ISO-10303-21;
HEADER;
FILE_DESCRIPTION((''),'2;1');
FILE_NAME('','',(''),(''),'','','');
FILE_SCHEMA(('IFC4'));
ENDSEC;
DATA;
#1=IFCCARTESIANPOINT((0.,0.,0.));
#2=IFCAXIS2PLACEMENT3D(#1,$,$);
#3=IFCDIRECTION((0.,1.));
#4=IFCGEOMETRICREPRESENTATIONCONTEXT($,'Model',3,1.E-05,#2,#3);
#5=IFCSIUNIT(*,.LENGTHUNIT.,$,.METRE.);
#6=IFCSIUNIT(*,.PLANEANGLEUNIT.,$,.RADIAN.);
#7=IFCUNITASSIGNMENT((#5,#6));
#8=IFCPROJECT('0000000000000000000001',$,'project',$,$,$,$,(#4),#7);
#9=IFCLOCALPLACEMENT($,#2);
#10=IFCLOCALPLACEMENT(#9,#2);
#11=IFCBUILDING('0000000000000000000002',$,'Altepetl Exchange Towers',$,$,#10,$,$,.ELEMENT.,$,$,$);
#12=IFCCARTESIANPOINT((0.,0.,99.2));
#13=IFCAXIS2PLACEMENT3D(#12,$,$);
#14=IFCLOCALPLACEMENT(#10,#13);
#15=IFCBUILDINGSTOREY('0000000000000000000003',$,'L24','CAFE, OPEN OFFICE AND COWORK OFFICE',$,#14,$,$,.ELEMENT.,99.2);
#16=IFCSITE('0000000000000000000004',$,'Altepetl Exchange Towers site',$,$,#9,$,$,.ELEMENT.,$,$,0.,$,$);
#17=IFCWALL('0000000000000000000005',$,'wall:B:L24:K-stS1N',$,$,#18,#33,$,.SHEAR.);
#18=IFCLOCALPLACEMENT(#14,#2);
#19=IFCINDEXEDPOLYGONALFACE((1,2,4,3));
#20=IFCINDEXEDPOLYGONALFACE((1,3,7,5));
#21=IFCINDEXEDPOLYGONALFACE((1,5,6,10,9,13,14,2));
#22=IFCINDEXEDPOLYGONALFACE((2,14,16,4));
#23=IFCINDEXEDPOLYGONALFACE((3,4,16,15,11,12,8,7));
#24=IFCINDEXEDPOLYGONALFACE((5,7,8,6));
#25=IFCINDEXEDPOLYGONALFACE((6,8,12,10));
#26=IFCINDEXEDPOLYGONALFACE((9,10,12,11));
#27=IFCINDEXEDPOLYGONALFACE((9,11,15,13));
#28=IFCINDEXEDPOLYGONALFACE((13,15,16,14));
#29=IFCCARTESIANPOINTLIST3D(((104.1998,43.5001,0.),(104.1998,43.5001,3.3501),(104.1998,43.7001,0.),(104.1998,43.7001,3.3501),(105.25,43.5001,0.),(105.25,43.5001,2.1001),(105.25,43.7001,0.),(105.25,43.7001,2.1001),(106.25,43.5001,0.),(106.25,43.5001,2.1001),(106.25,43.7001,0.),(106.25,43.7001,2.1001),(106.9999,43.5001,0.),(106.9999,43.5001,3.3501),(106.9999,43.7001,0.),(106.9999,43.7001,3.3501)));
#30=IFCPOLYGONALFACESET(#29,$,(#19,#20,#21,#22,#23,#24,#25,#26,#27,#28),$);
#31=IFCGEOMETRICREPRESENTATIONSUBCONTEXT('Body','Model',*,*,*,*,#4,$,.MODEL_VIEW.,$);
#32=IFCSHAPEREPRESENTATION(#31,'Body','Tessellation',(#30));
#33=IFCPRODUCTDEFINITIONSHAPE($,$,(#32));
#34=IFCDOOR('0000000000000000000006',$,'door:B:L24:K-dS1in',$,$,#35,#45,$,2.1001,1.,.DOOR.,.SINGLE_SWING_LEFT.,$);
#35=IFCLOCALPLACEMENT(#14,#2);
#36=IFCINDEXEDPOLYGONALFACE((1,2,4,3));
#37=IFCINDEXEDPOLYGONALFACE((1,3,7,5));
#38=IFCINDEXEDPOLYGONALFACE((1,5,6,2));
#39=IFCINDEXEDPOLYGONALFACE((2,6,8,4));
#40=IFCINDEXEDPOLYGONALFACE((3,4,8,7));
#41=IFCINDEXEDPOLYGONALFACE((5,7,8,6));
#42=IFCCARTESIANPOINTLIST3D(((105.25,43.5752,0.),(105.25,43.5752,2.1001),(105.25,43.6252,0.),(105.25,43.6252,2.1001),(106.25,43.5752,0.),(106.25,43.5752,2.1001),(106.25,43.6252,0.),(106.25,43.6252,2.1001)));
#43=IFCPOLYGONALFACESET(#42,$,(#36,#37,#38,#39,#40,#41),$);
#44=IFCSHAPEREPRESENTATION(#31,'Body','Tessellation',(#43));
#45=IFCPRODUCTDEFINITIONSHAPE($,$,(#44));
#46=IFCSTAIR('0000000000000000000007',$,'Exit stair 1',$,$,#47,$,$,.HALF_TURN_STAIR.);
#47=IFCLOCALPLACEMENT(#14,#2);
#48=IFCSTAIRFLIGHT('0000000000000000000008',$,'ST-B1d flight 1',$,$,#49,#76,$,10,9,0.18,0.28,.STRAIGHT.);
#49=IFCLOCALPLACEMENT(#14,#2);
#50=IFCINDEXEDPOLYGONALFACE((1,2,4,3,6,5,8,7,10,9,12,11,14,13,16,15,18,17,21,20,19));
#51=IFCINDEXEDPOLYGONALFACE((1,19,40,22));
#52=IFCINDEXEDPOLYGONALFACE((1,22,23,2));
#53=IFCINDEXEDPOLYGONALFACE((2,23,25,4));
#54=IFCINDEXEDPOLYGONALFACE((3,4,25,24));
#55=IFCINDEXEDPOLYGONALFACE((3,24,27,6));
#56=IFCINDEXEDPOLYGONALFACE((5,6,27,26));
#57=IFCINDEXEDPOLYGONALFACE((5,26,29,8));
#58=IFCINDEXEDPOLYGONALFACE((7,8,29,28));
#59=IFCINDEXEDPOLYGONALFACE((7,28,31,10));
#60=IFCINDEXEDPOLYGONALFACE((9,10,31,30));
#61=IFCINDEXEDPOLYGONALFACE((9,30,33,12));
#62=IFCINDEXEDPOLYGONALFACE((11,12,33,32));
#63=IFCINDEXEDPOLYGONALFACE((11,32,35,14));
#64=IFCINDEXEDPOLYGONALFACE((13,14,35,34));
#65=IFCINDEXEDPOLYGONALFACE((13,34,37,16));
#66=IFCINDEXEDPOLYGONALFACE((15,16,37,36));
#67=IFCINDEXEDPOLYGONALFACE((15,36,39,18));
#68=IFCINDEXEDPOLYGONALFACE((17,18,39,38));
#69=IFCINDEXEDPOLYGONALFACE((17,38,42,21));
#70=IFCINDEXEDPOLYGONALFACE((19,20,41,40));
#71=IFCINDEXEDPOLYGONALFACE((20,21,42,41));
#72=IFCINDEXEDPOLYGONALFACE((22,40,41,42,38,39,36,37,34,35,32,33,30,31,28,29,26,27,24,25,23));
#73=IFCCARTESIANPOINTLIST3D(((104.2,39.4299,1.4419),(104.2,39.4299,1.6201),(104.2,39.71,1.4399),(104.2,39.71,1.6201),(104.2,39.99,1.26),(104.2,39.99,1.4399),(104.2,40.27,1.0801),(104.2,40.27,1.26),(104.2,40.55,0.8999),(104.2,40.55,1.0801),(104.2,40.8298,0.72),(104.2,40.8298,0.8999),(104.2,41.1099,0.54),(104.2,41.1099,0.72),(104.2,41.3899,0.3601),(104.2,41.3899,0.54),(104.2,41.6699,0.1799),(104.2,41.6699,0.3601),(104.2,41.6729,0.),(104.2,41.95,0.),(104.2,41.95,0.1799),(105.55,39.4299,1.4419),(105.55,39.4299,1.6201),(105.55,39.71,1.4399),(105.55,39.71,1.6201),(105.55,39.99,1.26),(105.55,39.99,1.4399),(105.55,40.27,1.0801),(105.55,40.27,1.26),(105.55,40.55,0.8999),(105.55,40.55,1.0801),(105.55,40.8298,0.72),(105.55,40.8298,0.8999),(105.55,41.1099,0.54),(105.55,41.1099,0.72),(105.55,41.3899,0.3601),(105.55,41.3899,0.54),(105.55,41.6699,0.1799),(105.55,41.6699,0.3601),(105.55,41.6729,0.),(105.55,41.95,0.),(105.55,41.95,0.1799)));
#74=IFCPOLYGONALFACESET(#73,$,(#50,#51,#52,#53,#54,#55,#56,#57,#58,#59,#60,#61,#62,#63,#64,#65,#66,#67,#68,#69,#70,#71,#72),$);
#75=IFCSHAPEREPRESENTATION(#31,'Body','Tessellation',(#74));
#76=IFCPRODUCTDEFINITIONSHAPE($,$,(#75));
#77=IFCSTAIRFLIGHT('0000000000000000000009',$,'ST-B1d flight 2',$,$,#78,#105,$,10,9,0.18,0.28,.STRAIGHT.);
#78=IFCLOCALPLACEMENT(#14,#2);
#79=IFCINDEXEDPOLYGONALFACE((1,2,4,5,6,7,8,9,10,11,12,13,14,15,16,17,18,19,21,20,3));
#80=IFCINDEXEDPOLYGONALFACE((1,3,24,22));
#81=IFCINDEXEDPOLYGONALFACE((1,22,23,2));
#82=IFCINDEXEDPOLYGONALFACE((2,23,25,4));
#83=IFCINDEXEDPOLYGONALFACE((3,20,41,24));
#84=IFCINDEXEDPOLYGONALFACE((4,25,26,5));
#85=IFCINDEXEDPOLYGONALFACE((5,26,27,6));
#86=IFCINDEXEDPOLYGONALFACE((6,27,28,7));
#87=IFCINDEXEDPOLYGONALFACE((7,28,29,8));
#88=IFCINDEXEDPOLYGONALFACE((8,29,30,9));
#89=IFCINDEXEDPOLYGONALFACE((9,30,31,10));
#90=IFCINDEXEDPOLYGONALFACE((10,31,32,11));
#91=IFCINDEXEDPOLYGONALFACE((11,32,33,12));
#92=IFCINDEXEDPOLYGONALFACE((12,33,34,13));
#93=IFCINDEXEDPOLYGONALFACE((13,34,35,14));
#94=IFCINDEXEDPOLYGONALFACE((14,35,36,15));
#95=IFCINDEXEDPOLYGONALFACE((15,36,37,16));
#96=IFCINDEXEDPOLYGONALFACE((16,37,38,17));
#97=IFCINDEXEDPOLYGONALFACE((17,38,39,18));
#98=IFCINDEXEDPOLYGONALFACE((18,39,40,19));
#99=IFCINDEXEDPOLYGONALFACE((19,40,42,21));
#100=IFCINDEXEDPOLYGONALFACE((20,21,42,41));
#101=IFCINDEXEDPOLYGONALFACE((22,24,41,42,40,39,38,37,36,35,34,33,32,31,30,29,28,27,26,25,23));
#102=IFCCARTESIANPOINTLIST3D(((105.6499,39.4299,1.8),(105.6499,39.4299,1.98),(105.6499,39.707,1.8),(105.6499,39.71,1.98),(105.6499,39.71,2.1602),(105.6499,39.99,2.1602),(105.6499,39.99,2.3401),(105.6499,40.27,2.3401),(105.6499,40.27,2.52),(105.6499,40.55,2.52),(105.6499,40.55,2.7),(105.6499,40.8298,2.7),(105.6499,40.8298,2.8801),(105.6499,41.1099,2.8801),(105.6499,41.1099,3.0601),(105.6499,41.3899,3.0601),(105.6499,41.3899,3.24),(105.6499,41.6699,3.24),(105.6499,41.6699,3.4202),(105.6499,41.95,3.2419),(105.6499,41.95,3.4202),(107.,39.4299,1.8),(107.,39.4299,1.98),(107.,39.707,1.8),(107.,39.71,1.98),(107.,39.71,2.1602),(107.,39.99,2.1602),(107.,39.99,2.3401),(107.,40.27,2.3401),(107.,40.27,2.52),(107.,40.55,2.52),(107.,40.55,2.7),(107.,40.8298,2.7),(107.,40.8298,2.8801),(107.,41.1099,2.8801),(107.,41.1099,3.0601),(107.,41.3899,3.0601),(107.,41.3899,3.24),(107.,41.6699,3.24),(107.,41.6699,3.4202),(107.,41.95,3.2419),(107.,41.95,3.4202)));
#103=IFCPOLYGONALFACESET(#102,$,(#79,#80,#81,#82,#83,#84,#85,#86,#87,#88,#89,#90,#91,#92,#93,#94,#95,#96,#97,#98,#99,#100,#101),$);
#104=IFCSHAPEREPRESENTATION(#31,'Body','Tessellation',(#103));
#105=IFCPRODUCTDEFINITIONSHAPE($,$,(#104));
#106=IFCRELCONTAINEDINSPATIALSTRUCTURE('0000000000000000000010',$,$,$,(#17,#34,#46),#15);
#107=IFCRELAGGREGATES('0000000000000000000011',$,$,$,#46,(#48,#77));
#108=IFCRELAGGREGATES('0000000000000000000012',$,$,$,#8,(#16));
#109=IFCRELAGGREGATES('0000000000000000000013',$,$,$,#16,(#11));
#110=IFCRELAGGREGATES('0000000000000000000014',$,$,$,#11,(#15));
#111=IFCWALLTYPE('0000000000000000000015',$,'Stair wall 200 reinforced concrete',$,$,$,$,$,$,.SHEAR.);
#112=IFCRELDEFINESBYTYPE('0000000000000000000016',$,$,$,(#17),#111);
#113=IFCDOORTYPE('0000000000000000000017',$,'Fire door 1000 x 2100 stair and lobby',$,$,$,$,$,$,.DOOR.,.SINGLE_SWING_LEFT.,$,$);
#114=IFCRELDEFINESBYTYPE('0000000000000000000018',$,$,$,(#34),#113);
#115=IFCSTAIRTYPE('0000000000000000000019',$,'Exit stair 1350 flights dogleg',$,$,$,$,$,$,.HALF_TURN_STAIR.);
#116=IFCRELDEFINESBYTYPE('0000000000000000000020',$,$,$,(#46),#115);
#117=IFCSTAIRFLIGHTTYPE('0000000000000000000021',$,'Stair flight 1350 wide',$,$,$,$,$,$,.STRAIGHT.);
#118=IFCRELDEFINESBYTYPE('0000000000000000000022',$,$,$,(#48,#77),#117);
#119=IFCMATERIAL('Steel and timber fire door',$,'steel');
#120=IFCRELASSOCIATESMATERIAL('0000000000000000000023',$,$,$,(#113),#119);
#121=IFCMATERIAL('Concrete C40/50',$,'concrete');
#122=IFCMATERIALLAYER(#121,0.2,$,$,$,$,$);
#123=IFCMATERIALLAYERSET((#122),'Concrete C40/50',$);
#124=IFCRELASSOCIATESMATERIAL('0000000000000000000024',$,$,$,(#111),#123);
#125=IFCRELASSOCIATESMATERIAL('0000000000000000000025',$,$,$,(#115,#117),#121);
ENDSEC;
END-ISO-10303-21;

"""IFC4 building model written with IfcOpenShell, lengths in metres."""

from ifc_helpers import new_model, si_unit, direction, frame, frame_2d, origin, place, context, subcontext, project, spatial, polyline, rectangle, outline, extrude, material, layer, layer_set, type_object, element, fill, aggregate, save


model = new_model("IFC4")

# Units and contexts
model_context = context("Model", 3, precision=1e-05, world=origin(), true_north=direction((0.0, 1.0)))
body_context = subcontext(model_context, "Body", "Model", "MODEL_VIEW")
ifc_project = project(units=[si_unit("LENGTHUNIT", "METRE"), si_unit("PLANEANGLEUNIT", "RADIAN")], contexts=[model_context])

# Site, building, storey
site_placement = place(None, origin())
site = spatial("IfcSite", under=ifc_project, at=site_placement, Name="Altepetl Exchange Towers site", CompositionType="ELEMENT", RefElevation=0.0)
building_placement = place(site_placement, origin())
building = spatial("IfcBuilding", under=site, at=building_placement, Name="Altepetl Exchange Towers", CompositionType="ELEMENT")
storey_placement = place(building_placement, frame((0.0, 0.0, 99.2)))
storey = spatial("IfcBuildingStorey", under=building, at=storey_placement, Name="L24", Description="CAFE, OPEN OFFICE AND COWORK OFFICE", CompositionType="ELEMENT", Elevation=99.2)

# Shared definitions
ifc_material_1 = material(Name="Steel and timber fire door", Category="steel")
door_type_1 = type_object("IfcDoorType", Name="Fire door 1000 x 2100 stair and lobby", OperationType="SINGLE_SWING_LEFT", PredefinedType="DOOR", material=ifc_material_1)

# Shared definitions
ifc_material_2 = material(Name="Concrete C40/50", Category="concrete")

# Wall, opening, door
ifc_layer_1 = layer(ifc_material_2, 0.2)
ifc_layer_set_1 = layer_set([ifc_layer_1], Name="Concrete C40/50")
wall_type_1 = type_object("IfcWallType", Name="Stair wall 200 reinforced concrete", PredefinedType="SHEAR", material=ifc_layer_set_1)
wall_1_placement = place(storey_placement, frame((104.2, 43.6001, 0.0)))
wall_1 = element("IfcWall", 1, at=wall_1_placement, inside=storey, type_object=wall_type_1, Name="wall:B:L24:K-stS1N", PredefinedType="SHEAR", context=body_context, shape_type="SweptSolid", body=[
    extrude(rectangle(XDim=2.8, YDim=0.2, at=frame_2d((1.3999, 0.0))), origin(), (0.0, 0.0, 1.0), 3.3501),
])
opening_1_placement = place(wall_1_placement, frame((1.05, 0.0, 0.0)))
opening_1 = element("IfcOpeningElement", 2, at=opening_1_placement, cuts=wall_1, PredefinedType="OPENING", context=body_context, shape_type="SweptSolid", body=[
    extrude(rectangle(XDim=1.0, YDim=2.1001, at=frame_2d((0.5, 1.05))), frame((0.0, 0.1099, 0.0), z_axis=(0.0, -1.0, 0.0), x_axis=(1.0, 0.0, 0.0)), (0.0, 0.0, 1.0), 0.22),
])
door_1_placement = place(opening_1_placement, frame((1.0, 0.0, 0.0), x_axis=(-1.0, 0.0, 0.0)))
door_1 = element("IfcDoor", 3, at=door_1_placement, inside=storey, type_object=door_type_1, Name="door:B:L24:K-dS1in", OperationType="SINGLE_SWING_LEFT", OverallHeight=2.1001, OverallWidth=1.0, PredefinedType="DOOR", context=body_context, shape_type="SweptSolid", body=[
    extrude(rectangle(XDim=1.0, YDim=2.1001, at=frame_2d((0.5, 1.05))), frame((0.0, 0.0249, 0.0), z_axis=(0.0, -1.0, 0.0), x_axis=(1.0, 0.0, 0.0)), (0.0, 0.0, 1.0), 0.05),
])
fill(opening_1, door_1)

# Stair, stair flights
stair_type = type_object("IfcStairType", Name="Exit stair 1350 flights dogleg", PredefinedType="HALF_TURN_STAIR", material=ifc_material_2)
stair_placement = place(storey_placement, origin())
stair = element("IfcStair", 4, at=stair_placement, inside=storey, type_object=stair_type, Name="Exit stair 1", PredefinedType="HALF_TURN_STAIR")
stair_flight_type = type_object("IfcStairFlightType", Name="Stair flight 1350 wide", PredefinedType="STRAIGHT", material=ifc_material_2)
stair_flight_1_placement = place(storey_placement, frame((104.875, 41.95, 0.0), z_axis=(0.0, 0.0, 1.0), x_axis=(0.0, -1.0, 0.0)))
stair_flight_1 = element("IfcStairFlight", 5, at=stair_flight_1_placement, type_object=stair_flight_type, Name="ST-B1d flight 1", NumberOfRisers=10, NumberOfTreads=9, PredefinedType="STRAIGHT", RiserHeight=0.18, TreadLength=0.28, context=body_context, shape_type="SweptSolid", body=[
    extrude(outline(polyline([(0.0, 0.0), (0.0, 0.1799), (0.28, 0.1799), (0.28, 0.3601), (0.5601, 0.3601), (0.5601, 0.54), (0.8401, 0.54), (0.8401, 0.72), (1.1201, 0.72), (1.1201, 0.8999), (1.3999, 0.8999), (1.3999, 1.0801), (1.6799, 1.0801), (1.6799, 1.26), (1.96, 1.26), (1.96, 1.4399), (2.24, 1.4399), (2.24, 1.6201), (2.52, 1.6201), (2.52, 1.8), (2.52, 1.4419), (0.2771, 0.0), (0.0, 0.0)])), frame((0.0, 0.675, 0.0), z_axis=(0.0, -1.0, 0.0), x_axis=(1.0, 0.0, 0.0)), (0.0, 0.0, 1.0), 1.3501),
])
stair_flight_2_placement = place(storey_placement, frame((106.325, 39.4299, 1.8), z_axis=(0.0, 0.0, 1.0), x_axis=(0.0, 1.0, 0.0)))
stair_flight_2 = element("IfcStairFlight", 6, at=stair_flight_2_placement, type_object=stair_flight_type, Name="ST-B1d flight 2", NumberOfRisers=10, NumberOfTreads=9, PredefinedType="STRAIGHT", RiserHeight=0.18, TreadLength=0.28, context=body_context, shape_type="SweptSolid", body=[
    extrude(outline(polyline([(0.0, 0.0), (0.0, 0.1799), (0.28, 0.1799), (0.28, 0.3601), (0.5601, 0.3601), (0.5601, 0.54), (0.8401, 0.54), (0.8401, 0.72), (1.1201, 0.72), (1.1201, 0.8999), (1.3999, 0.8999), (1.3999, 1.0801), (1.6799, 1.0801), (1.6799, 1.26), (1.96, 1.26), (1.96, 1.4399), (2.24, 1.4399), (2.24, 1.6201), (2.52, 1.6201), (2.52, 1.8), (2.52, 1.4419), (0.2771, 0.0), (0.0, 0.0)])), frame((0.0, 0.675, 0.0), z_axis=(0.0, -1.0, 0.0), x_axis=(1.0, 0.0, 0.0)), (0.0, 0.0, 1.0), 1.3501),
])
aggregate(stair, [stair_flight_1, stair_flight_2])

save(model, "model.ifc")
